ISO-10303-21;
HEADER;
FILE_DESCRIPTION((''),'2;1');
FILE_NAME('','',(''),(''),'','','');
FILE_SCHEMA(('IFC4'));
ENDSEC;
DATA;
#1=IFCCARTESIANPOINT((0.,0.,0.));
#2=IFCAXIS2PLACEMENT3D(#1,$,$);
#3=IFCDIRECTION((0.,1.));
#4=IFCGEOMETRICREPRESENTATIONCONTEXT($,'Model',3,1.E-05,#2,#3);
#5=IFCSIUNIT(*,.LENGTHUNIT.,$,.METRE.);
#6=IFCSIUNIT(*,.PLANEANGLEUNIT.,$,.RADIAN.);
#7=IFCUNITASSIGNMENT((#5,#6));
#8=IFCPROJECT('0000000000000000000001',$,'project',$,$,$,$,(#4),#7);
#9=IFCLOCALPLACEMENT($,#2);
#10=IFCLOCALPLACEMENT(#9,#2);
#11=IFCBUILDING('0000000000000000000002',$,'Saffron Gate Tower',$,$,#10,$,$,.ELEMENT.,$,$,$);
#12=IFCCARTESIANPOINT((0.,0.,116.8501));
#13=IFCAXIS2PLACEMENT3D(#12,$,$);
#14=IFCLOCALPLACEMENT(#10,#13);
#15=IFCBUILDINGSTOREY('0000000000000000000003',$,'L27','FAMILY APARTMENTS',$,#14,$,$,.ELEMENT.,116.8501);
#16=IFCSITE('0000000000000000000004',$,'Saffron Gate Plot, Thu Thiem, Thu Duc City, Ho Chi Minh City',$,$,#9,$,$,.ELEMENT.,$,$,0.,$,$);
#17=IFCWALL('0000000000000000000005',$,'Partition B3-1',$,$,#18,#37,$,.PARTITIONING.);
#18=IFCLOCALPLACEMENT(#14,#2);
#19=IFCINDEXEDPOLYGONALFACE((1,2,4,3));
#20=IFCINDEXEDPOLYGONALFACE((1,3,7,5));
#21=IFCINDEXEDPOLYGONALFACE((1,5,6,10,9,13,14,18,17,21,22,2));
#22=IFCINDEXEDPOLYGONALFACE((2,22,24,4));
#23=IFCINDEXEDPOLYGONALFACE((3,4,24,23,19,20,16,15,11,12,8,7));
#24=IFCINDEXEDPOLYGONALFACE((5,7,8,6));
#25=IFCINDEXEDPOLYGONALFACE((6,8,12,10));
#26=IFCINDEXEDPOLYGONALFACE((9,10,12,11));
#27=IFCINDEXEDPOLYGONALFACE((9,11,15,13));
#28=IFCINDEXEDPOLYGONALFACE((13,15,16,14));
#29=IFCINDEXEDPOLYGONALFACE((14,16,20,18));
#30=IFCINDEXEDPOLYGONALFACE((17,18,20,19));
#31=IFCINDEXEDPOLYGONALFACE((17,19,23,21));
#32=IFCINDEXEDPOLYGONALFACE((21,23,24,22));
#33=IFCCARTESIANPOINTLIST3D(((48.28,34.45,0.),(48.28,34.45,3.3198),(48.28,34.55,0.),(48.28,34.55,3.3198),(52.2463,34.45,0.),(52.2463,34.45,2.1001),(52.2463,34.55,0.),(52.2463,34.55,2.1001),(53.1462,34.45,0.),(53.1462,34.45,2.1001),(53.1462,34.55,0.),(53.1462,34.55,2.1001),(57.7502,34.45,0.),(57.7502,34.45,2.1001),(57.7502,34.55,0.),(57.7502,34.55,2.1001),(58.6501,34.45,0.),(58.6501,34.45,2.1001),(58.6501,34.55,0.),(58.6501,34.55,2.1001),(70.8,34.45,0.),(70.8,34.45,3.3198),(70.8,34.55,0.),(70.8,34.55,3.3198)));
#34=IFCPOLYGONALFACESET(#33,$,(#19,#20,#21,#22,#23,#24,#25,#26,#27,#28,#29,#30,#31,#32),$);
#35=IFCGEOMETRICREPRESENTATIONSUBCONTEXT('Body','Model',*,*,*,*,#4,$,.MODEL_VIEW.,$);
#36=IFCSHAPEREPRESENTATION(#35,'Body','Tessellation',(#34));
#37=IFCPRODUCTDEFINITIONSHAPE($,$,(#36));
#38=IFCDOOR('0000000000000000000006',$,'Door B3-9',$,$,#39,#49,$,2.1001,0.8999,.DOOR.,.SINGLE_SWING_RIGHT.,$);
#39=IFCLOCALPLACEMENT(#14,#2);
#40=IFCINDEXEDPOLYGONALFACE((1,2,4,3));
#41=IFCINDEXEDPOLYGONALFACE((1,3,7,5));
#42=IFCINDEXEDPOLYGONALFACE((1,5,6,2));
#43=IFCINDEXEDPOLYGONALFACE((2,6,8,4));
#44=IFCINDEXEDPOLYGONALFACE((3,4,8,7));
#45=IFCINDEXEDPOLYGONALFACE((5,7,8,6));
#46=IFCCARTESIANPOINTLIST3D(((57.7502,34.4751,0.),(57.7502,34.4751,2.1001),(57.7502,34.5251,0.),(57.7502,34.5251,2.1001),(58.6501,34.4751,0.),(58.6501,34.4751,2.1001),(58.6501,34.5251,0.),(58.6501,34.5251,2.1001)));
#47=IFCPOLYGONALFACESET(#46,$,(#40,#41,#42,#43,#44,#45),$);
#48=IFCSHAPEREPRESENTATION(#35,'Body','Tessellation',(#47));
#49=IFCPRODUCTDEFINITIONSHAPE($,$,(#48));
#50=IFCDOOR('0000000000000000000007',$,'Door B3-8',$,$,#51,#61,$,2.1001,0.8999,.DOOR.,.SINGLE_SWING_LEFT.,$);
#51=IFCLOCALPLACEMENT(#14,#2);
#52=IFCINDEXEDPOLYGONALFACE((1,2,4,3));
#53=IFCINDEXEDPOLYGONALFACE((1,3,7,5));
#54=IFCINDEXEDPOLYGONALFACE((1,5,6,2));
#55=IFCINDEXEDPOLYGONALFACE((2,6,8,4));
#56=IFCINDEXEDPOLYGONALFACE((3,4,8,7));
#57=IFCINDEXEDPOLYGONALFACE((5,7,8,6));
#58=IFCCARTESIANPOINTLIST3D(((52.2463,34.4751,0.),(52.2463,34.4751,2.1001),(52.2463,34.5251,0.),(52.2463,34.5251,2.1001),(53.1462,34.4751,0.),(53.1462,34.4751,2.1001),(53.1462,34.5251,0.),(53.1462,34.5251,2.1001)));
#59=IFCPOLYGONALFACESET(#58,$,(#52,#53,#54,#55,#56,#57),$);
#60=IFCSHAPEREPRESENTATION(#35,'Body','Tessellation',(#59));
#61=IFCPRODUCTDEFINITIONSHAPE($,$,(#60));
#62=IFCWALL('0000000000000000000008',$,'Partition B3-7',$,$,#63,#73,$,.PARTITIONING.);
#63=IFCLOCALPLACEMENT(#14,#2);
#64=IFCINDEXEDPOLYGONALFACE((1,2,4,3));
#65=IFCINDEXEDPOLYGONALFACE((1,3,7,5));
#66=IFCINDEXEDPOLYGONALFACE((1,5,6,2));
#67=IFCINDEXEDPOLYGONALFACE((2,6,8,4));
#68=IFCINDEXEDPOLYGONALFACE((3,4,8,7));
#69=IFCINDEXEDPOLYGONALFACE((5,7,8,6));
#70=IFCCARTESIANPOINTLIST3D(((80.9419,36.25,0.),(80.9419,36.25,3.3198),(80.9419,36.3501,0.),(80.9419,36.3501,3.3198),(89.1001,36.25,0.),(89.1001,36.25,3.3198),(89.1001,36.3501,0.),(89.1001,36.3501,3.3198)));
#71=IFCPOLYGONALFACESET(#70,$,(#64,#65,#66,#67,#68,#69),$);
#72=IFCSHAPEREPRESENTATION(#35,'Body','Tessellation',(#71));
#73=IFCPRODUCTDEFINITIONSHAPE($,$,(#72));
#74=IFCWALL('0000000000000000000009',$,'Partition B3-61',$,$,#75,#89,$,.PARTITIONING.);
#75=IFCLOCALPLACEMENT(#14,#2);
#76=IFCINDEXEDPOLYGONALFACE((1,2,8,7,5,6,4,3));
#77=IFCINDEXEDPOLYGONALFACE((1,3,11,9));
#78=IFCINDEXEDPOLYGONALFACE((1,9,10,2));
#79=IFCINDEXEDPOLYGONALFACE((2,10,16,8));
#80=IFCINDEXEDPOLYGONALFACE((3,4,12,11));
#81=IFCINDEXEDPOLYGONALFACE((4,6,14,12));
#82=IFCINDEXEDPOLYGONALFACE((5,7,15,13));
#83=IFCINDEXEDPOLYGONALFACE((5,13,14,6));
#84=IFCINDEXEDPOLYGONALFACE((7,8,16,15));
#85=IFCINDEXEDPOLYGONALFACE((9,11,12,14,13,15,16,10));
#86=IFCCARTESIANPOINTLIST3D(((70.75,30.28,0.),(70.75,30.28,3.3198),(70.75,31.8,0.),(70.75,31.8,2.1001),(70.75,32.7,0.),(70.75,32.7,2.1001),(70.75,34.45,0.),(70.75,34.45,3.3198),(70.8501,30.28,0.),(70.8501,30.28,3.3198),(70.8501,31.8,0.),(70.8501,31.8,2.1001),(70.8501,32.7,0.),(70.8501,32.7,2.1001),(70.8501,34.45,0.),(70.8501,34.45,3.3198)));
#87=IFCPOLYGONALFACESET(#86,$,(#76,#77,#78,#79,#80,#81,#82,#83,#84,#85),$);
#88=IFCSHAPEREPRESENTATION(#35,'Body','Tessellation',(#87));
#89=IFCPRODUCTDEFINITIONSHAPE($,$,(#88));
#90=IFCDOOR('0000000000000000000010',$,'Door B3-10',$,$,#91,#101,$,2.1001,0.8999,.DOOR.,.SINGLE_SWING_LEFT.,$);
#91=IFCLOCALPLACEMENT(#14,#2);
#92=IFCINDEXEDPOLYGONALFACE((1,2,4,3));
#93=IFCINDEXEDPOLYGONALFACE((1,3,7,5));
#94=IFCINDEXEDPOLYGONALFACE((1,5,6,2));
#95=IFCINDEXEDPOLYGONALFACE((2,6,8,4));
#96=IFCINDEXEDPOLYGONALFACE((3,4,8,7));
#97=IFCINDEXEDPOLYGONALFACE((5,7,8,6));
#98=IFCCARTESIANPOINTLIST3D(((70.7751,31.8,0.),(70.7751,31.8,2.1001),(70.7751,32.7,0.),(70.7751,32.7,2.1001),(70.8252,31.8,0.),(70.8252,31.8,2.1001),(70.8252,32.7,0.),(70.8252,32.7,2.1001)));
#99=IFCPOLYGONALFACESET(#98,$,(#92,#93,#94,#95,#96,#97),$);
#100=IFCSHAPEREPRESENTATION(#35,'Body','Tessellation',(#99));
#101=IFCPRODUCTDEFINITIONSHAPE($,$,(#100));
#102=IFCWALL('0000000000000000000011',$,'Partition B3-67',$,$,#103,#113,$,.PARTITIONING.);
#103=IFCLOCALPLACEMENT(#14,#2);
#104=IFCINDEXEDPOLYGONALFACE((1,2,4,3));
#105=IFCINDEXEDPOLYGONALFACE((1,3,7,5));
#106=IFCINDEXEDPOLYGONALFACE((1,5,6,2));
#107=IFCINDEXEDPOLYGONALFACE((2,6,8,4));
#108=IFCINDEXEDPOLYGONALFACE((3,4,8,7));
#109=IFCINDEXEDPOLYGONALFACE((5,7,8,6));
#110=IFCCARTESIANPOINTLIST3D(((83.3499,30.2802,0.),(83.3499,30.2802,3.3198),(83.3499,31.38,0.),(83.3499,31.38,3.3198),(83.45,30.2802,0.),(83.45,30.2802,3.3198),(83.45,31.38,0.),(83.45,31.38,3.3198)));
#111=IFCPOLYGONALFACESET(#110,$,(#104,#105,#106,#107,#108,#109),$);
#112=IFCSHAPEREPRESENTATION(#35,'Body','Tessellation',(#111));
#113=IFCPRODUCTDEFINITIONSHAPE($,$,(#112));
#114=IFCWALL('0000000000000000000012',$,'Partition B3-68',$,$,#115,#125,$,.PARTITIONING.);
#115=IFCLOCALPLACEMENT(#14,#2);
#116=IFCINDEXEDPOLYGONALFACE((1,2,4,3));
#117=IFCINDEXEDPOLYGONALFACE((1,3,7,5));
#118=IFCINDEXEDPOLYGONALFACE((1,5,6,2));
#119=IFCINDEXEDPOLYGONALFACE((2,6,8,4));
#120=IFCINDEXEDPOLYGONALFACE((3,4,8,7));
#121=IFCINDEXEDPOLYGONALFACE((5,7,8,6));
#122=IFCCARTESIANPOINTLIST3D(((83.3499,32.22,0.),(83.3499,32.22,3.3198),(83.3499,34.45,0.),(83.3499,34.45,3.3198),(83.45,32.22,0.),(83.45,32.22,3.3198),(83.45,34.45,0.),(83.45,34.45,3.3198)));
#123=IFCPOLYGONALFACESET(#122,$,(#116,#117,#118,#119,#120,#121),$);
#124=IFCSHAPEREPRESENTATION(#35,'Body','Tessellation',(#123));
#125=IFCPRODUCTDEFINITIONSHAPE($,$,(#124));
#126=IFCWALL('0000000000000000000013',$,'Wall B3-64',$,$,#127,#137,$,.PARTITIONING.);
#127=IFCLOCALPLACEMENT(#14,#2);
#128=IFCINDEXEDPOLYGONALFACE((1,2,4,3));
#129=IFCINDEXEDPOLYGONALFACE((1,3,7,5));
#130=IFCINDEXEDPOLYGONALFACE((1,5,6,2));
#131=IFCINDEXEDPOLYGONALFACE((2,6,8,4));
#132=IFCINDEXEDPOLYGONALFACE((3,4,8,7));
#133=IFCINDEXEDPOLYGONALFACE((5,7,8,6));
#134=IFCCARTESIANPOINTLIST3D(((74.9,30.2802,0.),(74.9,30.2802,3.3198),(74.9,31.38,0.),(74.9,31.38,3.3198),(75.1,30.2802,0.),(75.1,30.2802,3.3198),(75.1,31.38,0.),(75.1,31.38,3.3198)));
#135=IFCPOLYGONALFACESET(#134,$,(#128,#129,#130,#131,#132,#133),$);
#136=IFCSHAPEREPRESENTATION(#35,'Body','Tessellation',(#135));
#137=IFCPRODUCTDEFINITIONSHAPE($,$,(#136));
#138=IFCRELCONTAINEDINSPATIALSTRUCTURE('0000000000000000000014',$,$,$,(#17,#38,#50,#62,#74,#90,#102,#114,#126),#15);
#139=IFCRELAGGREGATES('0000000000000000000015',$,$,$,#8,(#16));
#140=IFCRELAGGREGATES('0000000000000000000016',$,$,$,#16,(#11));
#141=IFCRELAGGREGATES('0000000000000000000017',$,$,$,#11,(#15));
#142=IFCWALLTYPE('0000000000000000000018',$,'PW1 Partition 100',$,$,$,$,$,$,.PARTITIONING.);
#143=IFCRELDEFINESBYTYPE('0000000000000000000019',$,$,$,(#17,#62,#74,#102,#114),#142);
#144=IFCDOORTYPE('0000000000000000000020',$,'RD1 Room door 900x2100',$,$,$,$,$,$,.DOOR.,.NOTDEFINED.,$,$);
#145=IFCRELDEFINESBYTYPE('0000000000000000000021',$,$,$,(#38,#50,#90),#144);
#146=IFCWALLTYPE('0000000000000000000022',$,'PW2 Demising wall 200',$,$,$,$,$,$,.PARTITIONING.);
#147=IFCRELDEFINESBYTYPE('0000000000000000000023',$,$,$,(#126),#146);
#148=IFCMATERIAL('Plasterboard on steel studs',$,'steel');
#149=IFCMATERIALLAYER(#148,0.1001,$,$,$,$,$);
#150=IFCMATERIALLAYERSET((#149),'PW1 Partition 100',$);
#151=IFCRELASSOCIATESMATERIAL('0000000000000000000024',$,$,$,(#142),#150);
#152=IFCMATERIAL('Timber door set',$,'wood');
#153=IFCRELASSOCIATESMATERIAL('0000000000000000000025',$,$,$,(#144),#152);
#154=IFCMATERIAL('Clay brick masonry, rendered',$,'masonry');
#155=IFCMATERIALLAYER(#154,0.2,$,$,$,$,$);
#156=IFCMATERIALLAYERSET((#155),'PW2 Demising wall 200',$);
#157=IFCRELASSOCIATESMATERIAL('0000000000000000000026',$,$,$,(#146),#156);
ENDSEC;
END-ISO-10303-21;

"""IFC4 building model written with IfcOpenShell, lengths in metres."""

from ifc_helpers import new_model, si_unit, direction, frame, frame_2d, origin, place, context, subcontext, project, spatial, rectangle, extrude, material, layer, layer_set, type_object, element, fill, save


model = new_model("IFC4")

# Units and contexts
model_context = context("Model", 3, precision=1e-05, world=origin(), true_north=direction((0.0, 1.0)))
body_context = subcontext(model_context, "Body", "Model", "MODEL_VIEW")
ifc_project = project(units=[si_unit("LENGTHUNIT", "METRE"), si_unit("PLANEANGLEUNIT", "RADIAN")], contexts=[model_context])

# Site, building, storey
site_placement = place(None, origin())
site = spatial("IfcSite", under=ifc_project, at=site_placement, Name="Saffron Gate Plot, Thu Thiem, Thu Duc City, Ho Chi Minh City", CompositionType="ELEMENT", RefElevation=0.0)
building_placement = place(site_placement, origin())
building = spatial("IfcBuilding", under=site, at=building_placement, Name="Saffron Gate Tower", CompositionType="ELEMENT")
storey_placement = place(building_placement, frame((0.0, 0.0, 116.8501)))
storey = spatial("IfcBuildingStorey", under=building, at=storey_placement, Name="L27", Description="FAMILY APARTMENTS", CompositionType="ELEMENT", Elevation=116.8501)

# Wall, openings, doors
ifc_material_1 = material(Name="Plasterboard on steel studs", Category="steel")
ifc_layer_1 = layer(ifc_material_1, 0.1001)
ifc_layer_set_1 = layer_set([ifc_layer_1], Name="PW1 Partition 100")
wall_type_1 = type_object("IfcWallType", Name="PW1 Partition 100", PredefinedType="PARTITIONING", material=ifc_layer_set_1)
wall_1_placement = place(storey_placement, frame((70.8, 34.5, 0.0), z_axis=(0.0, 0.0, 1.0), x_axis=(-1.0, 0.0, 0.0)))
wall_1 = element("IfcWall", 1, at=wall_1_placement, inside=storey, type_object=wall_type_1, Name="Partition B3-1", PredefinedType="PARTITIONING", context=body_context, shape_type="SweptSolid", body=[
    extrude(rectangle(XDim=22.52, YDim=0.1001, at=frame_2d((11.26, 0.0))), origin(), (0.0, 0.0, 1.0), 3.3198),
])
opening_1_placement = place(wall_1_placement, frame((12.1499, 0.0, 0.0)))
opening_1 = element("IfcOpeningElement", 2, at=opening_1_placement, cuts=wall_1, PredefinedType="OPENING", context=body_context, shape_type="SweptSolid", body=[
    extrude(rectangle(XDim=0.8999, YDim=2.1001, at=frame_2d((0.45, 1.05))), frame((0.0, 0.0601, 0.0), z_axis=(0.0, -1.0, 0.0), x_axis=(1.0, 0.0, 0.0)), (0.0, 0.0, 1.0), 0.1201),
])
opening_2_placement = place(wall_1_placement, frame((17.6538, 0.0, 0.0)))
opening_2 = element("IfcOpeningElement", 3, at=opening_2_placement, cuts=wall_1, PredefinedType="OPENING", context=body_context, shape_type="SweptSolid", body=[
    extrude(rectangle(XDim=0.8999, YDim=2.1001, at=frame_2d((0.45, 1.05))), frame((0.0, 0.0601, 0.0), z_axis=(0.0, -1.0, 0.0), x_axis=(1.0, 0.0, 0.0)), (0.0, 0.0, 1.0), 0.1201),
])
ifc_material_2 = material(Name="Timber door set", Category="wood")
door_type = type_object("IfcDoorType", Name="RD1 Room door 900x2100", OperationType="NOTDEFINED", PredefinedType="DOOR", material=ifc_material_2)
door_1_placement = place(opening_1_placement, origin())
door_1 = element("IfcDoor", 4, at=door_1_placement, inside=storey, type_object=door_type, Name="Door B3-9", OperationType="SINGLE_SWING_RIGHT", OverallHeight=2.1001, OverallWidth=0.8999, PredefinedType="DOOR", context=body_context, shape_type="SweptSolid", body=[
    extrude(rectangle(XDim=0.8999, YDim=2.1001, at=frame_2d((0.45, 1.05))), frame((0.0, 0.0249, 0.0), z_axis=(0.0, -1.0, 0.0), x_axis=(1.0, 0.0, 0.0)), (0.0, 0.0, 1.0), 0.05),
])
fill(opening_1, door_1)
door_2_placement = place(opening_2_placement, origin())
door_2 = element("IfcDoor", 5, at=door_2_placement, inside=storey, type_object=door_type, Name="Door B3-8", OperationType="SINGLE_SWING_LEFT", OverallHeight=2.1001, OverallWidth=0.8999, PredefinedType="DOOR", context=body_context, shape_type="SweptSolid", body=[
    extrude(rectangle(XDim=0.8999, YDim=2.1001, at=frame_2d((0.45, 1.05))), frame((0.0, 0.0249, 0.0), z_axis=(0.0, -1.0, 0.0), x_axis=(1.0, 0.0, 0.0)), (0.0, 0.0, 1.0), 0.05),
])
fill(opening_2, door_2)

# Wall
wall_2_placement = place(storey_placement, frame((80.9419, 36.3, 0.0), z_axis=(0.0, 0.0, 1.0), x_axis=(1.0, 0.0, 0.0)))
element("IfcWall", 6, at=wall_2_placement, inside=storey, type_object=wall_type_1, Name="Partition B3-7", PredefinedType="PARTITIONING", context=body_context, shape_type="SweptSolid", body=[
    extrude(rectangle(XDim=8.1582, YDim=0.1001, at=frame_2d((4.0791, 0.0))), origin(), (0.0, 0.0, 1.0), 3.3198),
])

# Wall, opening, door
wall_3_placement = place(storey_placement, frame((70.8, 30.28, 0.0), z_axis=(0.0, 0.0, 1.0), x_axis=(0.0, 1.0, 0.0)))
wall_3 = element("IfcWall", 7, at=wall_3_placement, inside=storey, type_object=wall_type_1, Name="Partition B3-61", PredefinedType="PARTITIONING", context=body_context, shape_type="SweptSolid", body=[
    extrude(rectangle(XDim=4.1699, YDim=0.1001, at=frame_2d((2.085, 0.0))), origin(), (0.0, 0.0, 1.0), 3.3198),
])
opening_3_placement = place(wall_3_placement, frame((1.52, 0.0, 0.0)))
opening_3 = element("IfcOpeningElement", 8, at=opening_3_placement, cuts=wall_3, PredefinedType="OPENING", context=body_context, shape_type="SweptSolid", body=[
    extrude(rectangle(XDim=0.8999, YDim=2.1001, at=frame_2d((0.45, 1.05))), frame((0.0, 0.0601, 0.0), z_axis=(0.0, -1.0, 0.0), x_axis=(1.0, 0.0, 0.0)), (0.0, 0.0, 1.0), 0.1201),
])
door_3_placement = place(opening_3_placement, origin())
door_3 = element("IfcDoor", 9, at=door_3_placement, inside=storey, type_object=door_type, Name="Door B3-10", OperationType="SINGLE_SWING_LEFT", OverallHeight=2.1001, OverallWidth=0.8999, PredefinedType="DOOR", context=body_context, shape_type="SweptSolid", body=[
    extrude(rectangle(XDim=0.8999, YDim=2.1001, at=frame_2d((0.45, 1.05))), frame((0.0, 0.0249, 0.0), z_axis=(0.0, -1.0, 0.0), x_axis=(1.0, 0.0, 0.0)), (0.0, 0.0, 1.0), 0.05),
])
fill(opening_3, door_3)

# Walls
wall_4_placement = place(storey_placement, frame((83.3999, 31.3799, 0.0), z_axis=(0.0, 0.0, 1.0), x_axis=(0.0, -1.0, 0.0)))
element("IfcWall", 10, at=wall_4_placement, inside=storey, type_object=wall_type_1, Name="Partition B3-67", PredefinedType="PARTITIONING", context=body_context, shape_type="SweptSolid", body=[
    extrude(rectangle(XDim=1.0999, YDim=0.1001, at=frame_2d((0.5498, 0.0))), origin(), (0.0, 0.0, 1.0), 3.3198),
])
wall_5_placement = place(storey_placement, frame((83.3999, 34.45, 0.0), z_axis=(0.0, 0.0, 1.0), x_axis=(0.0, -1.0, 0.0)))
element("IfcWall", 11, at=wall_5_placement, inside=storey, type_object=wall_type_1, Name="Partition B3-68", PredefinedType="PARTITIONING", context=body_context, shape_type="SweptSolid", body=[
    extrude(rectangle(XDim=2.23, YDim=0.1001, at=frame_2d((1.115, 0.0))), origin(), (0.0, 0.0, 1.0), 3.3198),
])
ifc_material_3 = material(Name="Clay brick masonry, rendered", Category="masonry")
ifc_layer_2 = layer(ifc_material_3, 0.2)
ifc_layer_set_2 = layer_set([ifc_layer_2], Name="PW2 Demising wall 200")
wall_type_2 = type_object("IfcWallType", Name="PW2 Demising wall 200", PredefinedType="PARTITIONING", material=ifc_layer_set_2)
wall_6_placement = place(storey_placement, frame((75.0, 31.3799, 0.0), z_axis=(0.0, 0.0, 1.0), x_axis=(0.0, -1.0, 0.0)))
element("IfcWall", 12, at=wall_6_placement, inside=storey, type_object=wall_type_2, Name="Wall B3-64", PredefinedType="PARTITIONING", context=body_context, shape_type="SweptSolid", body=[
    extrude(rectangle(XDim=1.0999, YDim=0.2, at=frame_2d((0.5498, 0.0))), origin(), (0.0, 0.0, 1.0), 3.3198),
])

save(model, "model.ifc")
